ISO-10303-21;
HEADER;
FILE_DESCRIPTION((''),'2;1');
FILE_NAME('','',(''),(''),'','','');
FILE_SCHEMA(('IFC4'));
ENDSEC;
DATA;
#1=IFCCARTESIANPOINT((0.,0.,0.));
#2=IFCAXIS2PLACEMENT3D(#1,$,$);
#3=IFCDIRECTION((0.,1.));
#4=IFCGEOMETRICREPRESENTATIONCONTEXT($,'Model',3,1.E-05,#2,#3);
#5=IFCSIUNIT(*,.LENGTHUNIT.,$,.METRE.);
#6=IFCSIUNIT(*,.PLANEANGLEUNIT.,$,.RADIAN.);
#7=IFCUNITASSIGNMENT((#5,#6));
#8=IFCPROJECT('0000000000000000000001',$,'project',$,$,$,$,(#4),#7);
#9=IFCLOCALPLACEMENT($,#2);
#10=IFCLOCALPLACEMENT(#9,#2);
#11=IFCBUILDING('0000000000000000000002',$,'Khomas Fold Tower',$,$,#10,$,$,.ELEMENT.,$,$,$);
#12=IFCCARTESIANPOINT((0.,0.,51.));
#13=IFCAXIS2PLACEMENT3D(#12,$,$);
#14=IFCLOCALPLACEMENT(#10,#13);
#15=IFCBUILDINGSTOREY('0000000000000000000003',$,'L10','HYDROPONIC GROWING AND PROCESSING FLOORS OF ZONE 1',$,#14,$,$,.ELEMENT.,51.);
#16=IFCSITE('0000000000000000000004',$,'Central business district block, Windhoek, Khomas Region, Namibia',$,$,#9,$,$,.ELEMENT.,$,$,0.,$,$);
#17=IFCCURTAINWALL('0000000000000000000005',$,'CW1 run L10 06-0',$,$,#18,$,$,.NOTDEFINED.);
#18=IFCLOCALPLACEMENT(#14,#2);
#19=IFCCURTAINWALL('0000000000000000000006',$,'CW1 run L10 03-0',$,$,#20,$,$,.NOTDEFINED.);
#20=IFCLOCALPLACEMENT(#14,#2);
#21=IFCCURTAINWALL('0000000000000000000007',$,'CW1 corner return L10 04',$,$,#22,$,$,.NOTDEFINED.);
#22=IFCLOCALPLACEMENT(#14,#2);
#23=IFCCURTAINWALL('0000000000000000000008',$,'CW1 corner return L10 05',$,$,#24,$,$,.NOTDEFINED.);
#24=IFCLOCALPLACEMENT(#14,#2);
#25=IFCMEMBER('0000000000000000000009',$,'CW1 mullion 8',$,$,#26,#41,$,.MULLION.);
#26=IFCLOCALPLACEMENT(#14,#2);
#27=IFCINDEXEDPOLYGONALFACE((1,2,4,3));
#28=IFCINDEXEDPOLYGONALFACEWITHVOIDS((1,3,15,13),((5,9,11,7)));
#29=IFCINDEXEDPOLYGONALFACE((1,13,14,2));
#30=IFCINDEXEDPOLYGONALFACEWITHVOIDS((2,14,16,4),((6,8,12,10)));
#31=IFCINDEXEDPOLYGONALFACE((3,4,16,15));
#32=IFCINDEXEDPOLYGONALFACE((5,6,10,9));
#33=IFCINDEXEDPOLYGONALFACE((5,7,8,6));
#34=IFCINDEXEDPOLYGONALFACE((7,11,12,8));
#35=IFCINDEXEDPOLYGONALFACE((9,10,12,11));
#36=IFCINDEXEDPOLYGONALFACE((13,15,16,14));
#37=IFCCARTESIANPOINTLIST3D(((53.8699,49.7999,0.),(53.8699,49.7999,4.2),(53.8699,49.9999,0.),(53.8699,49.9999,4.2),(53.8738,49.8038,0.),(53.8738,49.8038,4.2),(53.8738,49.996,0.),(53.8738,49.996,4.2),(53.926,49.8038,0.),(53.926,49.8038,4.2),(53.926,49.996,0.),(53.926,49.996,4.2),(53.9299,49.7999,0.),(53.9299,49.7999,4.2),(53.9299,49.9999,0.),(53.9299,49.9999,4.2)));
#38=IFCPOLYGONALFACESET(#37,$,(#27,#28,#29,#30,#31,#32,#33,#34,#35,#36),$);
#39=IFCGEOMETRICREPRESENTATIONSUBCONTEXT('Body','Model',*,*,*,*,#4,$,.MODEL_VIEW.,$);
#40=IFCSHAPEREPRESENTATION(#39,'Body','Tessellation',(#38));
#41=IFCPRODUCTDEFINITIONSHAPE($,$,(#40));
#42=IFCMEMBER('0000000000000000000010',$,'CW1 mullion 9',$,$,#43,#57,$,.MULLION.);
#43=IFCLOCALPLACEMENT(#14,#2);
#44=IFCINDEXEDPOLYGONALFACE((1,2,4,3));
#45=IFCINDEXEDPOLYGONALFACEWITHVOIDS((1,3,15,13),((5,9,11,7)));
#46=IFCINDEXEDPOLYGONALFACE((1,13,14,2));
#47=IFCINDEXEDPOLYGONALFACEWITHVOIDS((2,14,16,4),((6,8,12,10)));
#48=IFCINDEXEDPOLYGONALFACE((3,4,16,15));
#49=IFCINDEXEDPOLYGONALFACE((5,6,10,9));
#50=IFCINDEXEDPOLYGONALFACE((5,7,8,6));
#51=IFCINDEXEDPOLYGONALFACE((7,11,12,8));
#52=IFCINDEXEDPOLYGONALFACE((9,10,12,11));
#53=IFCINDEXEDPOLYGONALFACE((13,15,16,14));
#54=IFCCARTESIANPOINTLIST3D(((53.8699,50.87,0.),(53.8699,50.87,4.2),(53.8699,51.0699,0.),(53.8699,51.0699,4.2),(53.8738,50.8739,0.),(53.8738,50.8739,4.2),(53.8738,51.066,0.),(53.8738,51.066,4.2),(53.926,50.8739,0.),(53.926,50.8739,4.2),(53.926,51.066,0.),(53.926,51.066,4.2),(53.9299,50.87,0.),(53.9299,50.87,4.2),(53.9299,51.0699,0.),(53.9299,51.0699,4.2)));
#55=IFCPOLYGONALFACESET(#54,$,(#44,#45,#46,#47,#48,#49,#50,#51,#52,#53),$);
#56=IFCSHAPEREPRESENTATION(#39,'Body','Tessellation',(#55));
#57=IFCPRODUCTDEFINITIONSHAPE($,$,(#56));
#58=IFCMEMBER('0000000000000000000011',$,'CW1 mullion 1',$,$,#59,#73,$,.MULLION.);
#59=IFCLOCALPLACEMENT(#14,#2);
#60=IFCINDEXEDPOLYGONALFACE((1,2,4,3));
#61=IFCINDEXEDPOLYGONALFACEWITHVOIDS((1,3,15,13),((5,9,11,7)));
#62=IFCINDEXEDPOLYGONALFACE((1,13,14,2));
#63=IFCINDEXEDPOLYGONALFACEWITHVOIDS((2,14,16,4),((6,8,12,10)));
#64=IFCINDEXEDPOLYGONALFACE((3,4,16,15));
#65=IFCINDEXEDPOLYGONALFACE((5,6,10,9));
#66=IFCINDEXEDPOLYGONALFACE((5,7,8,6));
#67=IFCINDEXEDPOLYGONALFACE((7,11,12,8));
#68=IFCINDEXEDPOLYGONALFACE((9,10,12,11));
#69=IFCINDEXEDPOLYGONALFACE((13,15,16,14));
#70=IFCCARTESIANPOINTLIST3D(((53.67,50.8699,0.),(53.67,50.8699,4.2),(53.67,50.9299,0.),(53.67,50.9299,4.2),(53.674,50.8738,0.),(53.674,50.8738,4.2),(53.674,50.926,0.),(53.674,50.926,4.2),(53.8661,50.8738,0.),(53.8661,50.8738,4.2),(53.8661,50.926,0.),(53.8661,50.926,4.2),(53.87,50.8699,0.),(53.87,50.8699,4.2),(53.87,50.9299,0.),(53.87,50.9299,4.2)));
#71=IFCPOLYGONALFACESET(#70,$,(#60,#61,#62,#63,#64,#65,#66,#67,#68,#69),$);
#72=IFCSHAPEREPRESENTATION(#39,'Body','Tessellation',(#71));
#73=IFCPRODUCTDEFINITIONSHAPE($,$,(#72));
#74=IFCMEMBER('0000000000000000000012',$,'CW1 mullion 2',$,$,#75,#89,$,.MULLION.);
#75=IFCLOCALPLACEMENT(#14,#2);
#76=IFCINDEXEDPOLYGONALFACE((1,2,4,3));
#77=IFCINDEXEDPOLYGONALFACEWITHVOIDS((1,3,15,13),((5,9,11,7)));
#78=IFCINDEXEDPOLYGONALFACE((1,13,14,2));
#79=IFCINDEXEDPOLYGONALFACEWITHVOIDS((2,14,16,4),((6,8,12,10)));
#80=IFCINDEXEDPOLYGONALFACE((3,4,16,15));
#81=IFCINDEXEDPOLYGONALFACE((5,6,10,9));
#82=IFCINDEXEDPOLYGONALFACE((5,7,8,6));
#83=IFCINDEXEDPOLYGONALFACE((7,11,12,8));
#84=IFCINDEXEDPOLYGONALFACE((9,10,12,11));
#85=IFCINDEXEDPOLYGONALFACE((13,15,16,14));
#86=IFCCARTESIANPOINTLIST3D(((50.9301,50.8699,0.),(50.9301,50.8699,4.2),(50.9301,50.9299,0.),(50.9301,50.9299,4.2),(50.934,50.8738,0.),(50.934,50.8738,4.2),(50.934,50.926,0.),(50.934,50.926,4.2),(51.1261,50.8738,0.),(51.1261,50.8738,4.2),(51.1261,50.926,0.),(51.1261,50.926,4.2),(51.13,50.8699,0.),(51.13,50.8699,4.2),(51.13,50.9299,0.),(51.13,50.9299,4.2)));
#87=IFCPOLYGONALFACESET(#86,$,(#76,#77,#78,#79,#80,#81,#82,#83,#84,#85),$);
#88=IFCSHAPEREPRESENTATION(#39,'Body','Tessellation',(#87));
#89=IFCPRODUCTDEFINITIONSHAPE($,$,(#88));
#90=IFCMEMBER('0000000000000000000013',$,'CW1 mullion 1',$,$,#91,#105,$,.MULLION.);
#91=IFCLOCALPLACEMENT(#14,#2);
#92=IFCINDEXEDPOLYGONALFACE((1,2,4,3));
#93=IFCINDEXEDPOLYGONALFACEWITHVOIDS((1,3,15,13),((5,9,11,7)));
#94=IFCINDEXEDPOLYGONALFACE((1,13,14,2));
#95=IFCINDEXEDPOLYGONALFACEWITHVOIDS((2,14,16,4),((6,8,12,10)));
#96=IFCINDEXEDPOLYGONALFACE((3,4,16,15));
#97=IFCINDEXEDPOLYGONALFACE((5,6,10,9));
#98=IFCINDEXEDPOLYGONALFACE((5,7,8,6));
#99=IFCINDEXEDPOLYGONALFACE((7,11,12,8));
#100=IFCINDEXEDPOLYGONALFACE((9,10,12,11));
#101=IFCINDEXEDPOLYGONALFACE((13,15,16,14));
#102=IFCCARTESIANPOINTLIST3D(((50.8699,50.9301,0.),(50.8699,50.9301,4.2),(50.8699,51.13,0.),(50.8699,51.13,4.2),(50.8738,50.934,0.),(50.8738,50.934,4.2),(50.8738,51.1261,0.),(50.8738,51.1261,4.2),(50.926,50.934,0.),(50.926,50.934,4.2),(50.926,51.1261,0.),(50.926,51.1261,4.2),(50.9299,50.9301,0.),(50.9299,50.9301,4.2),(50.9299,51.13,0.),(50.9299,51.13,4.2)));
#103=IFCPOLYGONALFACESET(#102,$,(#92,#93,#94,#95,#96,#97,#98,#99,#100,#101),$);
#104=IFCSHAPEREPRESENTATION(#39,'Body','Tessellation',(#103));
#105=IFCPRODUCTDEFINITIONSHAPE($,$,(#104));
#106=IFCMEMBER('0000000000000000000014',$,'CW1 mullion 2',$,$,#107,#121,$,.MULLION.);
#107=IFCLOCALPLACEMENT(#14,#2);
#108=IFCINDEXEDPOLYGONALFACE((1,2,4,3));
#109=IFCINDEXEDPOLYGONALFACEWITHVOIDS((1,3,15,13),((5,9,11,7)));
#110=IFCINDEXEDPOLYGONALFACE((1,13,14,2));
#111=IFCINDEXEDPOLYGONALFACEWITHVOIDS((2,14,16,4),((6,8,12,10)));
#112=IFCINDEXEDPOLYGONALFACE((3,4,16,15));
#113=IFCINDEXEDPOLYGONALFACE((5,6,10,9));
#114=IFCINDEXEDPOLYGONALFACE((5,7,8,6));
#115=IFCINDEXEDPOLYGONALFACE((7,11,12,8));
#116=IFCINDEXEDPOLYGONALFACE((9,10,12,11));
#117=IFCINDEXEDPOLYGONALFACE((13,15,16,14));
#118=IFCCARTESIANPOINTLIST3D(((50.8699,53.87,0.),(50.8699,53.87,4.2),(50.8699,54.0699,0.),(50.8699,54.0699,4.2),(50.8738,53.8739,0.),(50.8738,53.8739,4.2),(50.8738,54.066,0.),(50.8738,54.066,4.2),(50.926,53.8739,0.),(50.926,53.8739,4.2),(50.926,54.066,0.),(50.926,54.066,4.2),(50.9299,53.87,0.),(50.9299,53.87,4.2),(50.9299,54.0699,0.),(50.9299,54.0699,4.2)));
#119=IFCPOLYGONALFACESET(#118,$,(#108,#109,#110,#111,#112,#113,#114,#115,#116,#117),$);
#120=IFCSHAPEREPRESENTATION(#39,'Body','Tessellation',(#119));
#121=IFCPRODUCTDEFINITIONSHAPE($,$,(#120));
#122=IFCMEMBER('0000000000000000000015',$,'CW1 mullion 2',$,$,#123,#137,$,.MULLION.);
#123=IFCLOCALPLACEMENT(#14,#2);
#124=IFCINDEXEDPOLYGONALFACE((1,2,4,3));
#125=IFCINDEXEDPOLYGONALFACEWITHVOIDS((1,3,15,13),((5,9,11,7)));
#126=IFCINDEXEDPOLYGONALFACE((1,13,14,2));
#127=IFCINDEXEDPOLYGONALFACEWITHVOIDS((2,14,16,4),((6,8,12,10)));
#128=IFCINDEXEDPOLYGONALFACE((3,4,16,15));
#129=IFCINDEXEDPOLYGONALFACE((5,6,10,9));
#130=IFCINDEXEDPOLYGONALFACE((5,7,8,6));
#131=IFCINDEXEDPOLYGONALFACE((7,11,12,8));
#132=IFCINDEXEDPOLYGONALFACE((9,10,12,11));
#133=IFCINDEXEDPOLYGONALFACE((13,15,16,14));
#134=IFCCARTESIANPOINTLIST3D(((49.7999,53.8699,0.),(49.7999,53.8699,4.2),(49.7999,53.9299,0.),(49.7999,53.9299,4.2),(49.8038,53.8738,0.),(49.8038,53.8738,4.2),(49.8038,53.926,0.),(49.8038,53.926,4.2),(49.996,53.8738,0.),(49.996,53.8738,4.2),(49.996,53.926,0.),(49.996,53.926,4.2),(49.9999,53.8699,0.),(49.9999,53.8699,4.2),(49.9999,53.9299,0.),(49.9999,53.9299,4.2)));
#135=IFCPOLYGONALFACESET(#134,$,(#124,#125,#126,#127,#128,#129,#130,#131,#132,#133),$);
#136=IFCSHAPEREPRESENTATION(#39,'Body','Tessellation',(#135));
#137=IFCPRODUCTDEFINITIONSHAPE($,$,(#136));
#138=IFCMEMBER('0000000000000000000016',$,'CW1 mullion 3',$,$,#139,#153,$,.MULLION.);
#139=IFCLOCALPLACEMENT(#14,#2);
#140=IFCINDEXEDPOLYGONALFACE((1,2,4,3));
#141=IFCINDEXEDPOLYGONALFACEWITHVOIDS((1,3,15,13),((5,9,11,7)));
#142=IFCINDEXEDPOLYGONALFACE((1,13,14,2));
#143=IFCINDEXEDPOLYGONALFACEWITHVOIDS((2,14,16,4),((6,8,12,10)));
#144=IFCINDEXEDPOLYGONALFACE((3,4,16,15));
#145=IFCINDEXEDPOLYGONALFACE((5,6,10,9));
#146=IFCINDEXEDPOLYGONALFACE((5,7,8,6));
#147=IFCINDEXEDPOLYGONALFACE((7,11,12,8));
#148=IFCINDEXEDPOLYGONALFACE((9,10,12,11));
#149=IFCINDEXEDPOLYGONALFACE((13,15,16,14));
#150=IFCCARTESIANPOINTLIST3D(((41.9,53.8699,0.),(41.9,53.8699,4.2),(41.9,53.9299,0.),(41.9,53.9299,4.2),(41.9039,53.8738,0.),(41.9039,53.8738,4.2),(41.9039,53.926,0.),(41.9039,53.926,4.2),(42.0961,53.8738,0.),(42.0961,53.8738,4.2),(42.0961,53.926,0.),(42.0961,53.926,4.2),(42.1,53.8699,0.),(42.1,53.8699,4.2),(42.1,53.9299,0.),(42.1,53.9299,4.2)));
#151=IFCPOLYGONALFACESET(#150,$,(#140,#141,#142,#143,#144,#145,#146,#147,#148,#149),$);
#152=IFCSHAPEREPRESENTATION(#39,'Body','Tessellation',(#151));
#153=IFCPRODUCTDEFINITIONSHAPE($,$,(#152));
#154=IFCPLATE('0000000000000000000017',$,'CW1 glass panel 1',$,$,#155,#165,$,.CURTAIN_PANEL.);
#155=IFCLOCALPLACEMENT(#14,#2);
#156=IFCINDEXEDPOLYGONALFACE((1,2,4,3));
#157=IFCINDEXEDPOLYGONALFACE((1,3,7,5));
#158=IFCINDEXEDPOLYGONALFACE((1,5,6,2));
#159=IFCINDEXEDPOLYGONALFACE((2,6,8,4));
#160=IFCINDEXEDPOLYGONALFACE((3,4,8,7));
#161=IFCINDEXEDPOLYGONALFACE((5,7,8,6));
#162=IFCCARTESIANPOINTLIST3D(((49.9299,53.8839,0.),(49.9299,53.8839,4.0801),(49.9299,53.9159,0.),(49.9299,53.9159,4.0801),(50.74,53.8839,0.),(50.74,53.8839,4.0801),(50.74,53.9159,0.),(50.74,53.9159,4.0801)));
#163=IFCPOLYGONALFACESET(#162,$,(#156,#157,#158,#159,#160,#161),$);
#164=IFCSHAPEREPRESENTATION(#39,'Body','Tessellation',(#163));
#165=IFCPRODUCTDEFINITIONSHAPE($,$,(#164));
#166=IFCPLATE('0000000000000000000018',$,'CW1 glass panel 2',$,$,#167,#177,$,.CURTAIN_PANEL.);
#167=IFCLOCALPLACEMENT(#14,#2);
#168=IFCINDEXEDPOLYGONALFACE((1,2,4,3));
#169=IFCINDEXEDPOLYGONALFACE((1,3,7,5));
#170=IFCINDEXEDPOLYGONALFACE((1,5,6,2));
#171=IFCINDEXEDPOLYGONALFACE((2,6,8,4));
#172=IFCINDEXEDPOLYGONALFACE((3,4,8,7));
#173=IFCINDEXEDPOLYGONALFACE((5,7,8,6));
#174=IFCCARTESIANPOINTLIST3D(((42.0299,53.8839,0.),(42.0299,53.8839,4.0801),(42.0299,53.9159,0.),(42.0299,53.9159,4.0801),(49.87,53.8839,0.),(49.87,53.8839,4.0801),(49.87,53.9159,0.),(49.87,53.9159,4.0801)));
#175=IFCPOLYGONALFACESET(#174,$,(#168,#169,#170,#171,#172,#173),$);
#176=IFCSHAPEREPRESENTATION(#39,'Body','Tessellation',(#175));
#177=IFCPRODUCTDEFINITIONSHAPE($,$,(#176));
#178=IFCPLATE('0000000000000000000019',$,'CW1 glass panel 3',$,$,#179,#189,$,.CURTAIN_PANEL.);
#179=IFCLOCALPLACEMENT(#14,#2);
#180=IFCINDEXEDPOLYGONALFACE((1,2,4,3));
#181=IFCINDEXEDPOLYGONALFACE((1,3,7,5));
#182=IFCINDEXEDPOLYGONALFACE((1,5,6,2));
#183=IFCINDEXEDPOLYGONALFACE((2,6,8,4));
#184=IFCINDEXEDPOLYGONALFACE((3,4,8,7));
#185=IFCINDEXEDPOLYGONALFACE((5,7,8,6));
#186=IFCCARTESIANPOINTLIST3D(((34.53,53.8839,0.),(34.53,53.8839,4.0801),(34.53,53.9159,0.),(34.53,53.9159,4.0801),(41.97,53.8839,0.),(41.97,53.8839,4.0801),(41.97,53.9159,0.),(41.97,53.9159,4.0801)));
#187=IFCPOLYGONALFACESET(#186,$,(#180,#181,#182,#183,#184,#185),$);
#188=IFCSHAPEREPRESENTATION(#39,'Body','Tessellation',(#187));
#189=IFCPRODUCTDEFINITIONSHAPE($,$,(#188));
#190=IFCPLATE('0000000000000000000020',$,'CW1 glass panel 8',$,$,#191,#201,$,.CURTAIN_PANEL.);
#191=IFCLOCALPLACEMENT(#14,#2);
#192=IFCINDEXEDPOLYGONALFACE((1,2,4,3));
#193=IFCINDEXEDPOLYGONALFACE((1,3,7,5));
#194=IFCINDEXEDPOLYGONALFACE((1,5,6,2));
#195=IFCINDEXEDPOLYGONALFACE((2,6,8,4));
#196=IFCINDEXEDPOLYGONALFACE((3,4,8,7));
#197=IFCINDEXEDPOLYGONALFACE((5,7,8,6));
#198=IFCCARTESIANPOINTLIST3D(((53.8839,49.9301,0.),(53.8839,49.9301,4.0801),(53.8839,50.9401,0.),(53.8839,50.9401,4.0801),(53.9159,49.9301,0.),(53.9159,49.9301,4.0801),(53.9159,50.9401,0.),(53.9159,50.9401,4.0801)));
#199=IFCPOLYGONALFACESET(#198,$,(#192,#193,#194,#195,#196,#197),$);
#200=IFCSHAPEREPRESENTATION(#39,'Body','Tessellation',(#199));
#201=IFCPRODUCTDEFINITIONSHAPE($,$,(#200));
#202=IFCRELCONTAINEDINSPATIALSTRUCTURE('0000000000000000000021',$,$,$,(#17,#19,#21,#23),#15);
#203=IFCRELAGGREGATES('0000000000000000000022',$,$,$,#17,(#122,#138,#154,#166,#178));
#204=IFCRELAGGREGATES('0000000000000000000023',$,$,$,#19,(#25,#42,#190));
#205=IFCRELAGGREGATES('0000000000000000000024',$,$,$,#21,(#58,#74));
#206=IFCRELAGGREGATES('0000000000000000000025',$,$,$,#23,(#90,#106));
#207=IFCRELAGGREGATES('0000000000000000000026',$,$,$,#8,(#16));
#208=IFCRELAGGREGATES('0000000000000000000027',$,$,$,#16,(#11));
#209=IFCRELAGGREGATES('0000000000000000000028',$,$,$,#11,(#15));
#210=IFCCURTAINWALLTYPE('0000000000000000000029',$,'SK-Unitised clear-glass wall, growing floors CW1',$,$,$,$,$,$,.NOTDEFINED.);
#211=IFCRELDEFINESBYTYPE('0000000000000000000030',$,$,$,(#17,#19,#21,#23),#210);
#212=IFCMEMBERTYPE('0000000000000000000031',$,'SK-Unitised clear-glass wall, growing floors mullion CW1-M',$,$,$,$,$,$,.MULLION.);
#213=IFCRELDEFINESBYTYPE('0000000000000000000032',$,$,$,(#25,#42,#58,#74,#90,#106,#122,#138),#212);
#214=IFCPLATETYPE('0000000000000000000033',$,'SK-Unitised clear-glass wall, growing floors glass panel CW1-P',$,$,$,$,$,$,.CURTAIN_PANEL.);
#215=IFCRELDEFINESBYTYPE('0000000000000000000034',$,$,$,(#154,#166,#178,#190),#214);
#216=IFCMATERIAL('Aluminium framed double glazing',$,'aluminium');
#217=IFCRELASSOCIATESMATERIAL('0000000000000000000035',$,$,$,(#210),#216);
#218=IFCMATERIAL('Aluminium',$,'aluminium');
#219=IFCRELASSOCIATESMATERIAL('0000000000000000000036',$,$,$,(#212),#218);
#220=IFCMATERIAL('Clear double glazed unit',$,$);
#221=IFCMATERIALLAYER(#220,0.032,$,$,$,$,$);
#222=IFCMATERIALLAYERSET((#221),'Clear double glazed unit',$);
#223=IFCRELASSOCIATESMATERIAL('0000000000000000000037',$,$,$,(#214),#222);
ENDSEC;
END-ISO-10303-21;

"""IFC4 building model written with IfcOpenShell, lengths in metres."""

from ifc_helpers import new_model, si_unit, direction, frame, origin, origin_2d, place, context, subcontext, project, spatial, rectangle, hollow_rectangle, extrude, source, transform, mapped, material, layer, layer_set, material_profile, profile_set, type_object, element, aggregate, save


model = new_model("IFC4")

# Units and contexts
model_context = context("Model", 3, precision=1e-05, world=origin(), true_north=direction((0.0, 1.0)))
body_context = subcontext(model_context, "Body", "Model", "MODEL_VIEW")
ifc_project = project(units=[si_unit("LENGTHUNIT", "METRE"), si_unit("PLANEANGLEUNIT", "RADIAN")], contexts=[model_context])

# Site, building, storey
site_placement = place(None, origin())
site = spatial("IfcSite", under=ifc_project, at=site_placement, Name="Central business district block, Windhoek, Khomas Region, Namibia", CompositionType="ELEMENT", RefElevation=0.0)
building_placement = place(site_placement, origin())
building = spatial("IfcBuilding", under=site, at=building_placement, Name="Khomas Fold Tower", CompositionType="ELEMENT")
storey_placement = place(building_placement, frame((0.0, 0.0, 51.0)))
storey = spatial("IfcBuildingStorey", under=building, at=storey_placement, Name="L10", Description="HYDROPONIC GROWING AND PROCESSING FLOORS OF ZONE 1", CompositionType="ELEMENT", Elevation=51.0)

# Curtain wall
ifc_material_1 = material(Name="Aluminium framed double glazing", Category="aluminium")
curtain_wall_type = type_object("IfcCurtainWallType", Name="SK-Unitised clear-glass wall, growing floors CW1", PredefinedType="NOTDEFINED", material=ifc_material_1)
curtain_wall_1_placement = place(storey_placement, origin())
curtain_wall_1 = element("IfcCurtainWall", 1, at=curtain_wall_1_placement, inside=storey, type_object=curtain_wall_type, Name="CW1 run L10 06-0", PredefinedType="NOTDEFINED")

# Curtain walls
curtain_wall_2_placement = place(storey_placement, origin())
curtain_wall_2 = element("IfcCurtainWall", 2, at=curtain_wall_2_placement, inside=storey, type_object=curtain_wall_type, Name="CW1 run L10 03-0", PredefinedType="NOTDEFINED")
curtain_wall_3_placement = place(storey_placement, origin())
curtain_wall_3 = element("IfcCurtainWall", 3, at=curtain_wall_3_placement, inside=storey, type_object=curtain_wall_type, Name="CW1 corner return L10 04", PredefinedType="NOTDEFINED")
curtain_wall_4_placement = place(storey_placement, origin())
curtain_wall_4 = element("IfcCurtainWall", 4, at=curtain_wall_4_placement, inside=storey, type_object=curtain_wall_type, Name="CW1 corner return L10 05", PredefinedType="NOTDEFINED")

# Members
ifc_material_2 = material(Name="Aluminium", Category="aluminium")
ifc_material_profile_1 = material_profile(ifc_material_2, hollow_rectangle(XDim=0.0601, YDim=0.2, WallThickness=0.0039, at=origin_2d()), Name="SK-Unitised clear-glass wall, growing floors mullion CW1-M")
ifc_profile_set_1 = profile_set([ifc_material_profile_1], Name="Aluminium")
member_type_1 = type_object("IfcMemberType", Name="SK-Unitised clear-glass wall, growing floors mullion CW1-M", PredefinedType="MULLION", material=ifc_profile_set_1)
shared_shape_1 = source(origin(), body_context, "Body", "SweptSolid", [
    extrude(hollow_rectangle(XDim=0.0601, YDim=0.2, WallThickness=0.0039, at=origin_2d()), origin(), (0.0, 0.0, 1.0), 4.2),
])
member_1_placement = place(storey_placement, frame((53.8999, 49.8999, 0.0), z_axis=(0.0, 0.0, 1.0), x_axis=(-1.0, 0.0, 0.0)))
member_1 = element("IfcMember", 5, at=member_1_placement, type_object=member_type_1, Name="CW1 mullion 8", PredefinedType="MULLION", context=body_context, shape_type="MappedRepresentation", body=[
    mapped(shared_shape_1, transform((0.0, 0.0, 0.0))),
])
member_2_placement = place(storey_placement, frame((53.8999, 50.97, 0.0), z_axis=(0.0, 0.0, 1.0), x_axis=(-1.0, 0.0, 0.0)))
member_2 = element("IfcMember", 6, at=member_2_placement, type_object=member_type_1, Name="CW1 mullion 9", PredefinedType="MULLION", context=body_context, shape_type="MappedRepresentation", body=[
    mapped(shared_shape_1, transform((0.0, 0.0, 0.0))),
])
member_3_placement = place(storey_placement, frame((53.77, 50.8999, 0.0), z_axis=(0.0, 0.0, 1.0), x_axis=(0.0, -1.0, 0.0)))
member_3 = element("IfcMember", 7, at=member_3_placement, type_object=member_type_1, Name="CW1 mullion 1", PredefinedType="MULLION", context=body_context, shape_type="MappedRepresentation", body=[
    mapped(shared_shape_1, transform((0.0, 0.0, 0.0))),
])
member_4_placement = place(storey_placement, frame((51.03, 50.8999, 0.0), z_axis=(0.0, 0.0, 1.0), x_axis=(0.0, -1.0, 0.0)))
member_4 = element("IfcMember", 8, at=member_4_placement, type_object=member_type_1, Name="CW1 mullion 2", PredefinedType="MULLION", context=body_context, shape_type="MappedRepresentation", body=[
    mapped(shared_shape_1, transform((0.0, 0.0, 0.0))),
])
member_5_placement = place(storey_placement, frame((50.8999, 51.03, 0.0), z_axis=(0.0, 0.0, 1.0), x_axis=(-1.0, 0.0, 0.0)))
member_5 = element("IfcMember", 9, at=member_5_placement, type_object=member_type_1, Name="CW1 mullion 1", PredefinedType="MULLION", context=body_context, shape_type="MappedRepresentation", body=[
    mapped(shared_shape_1, transform((0.0, 0.0, 0.0))),
])
member_6_placement = place(storey_placement, frame((50.8999, 53.97, 0.0), z_axis=(0.0, 0.0, 1.0), x_axis=(-1.0, 0.0, 0.0)))
member_6 = element("IfcMember", 10, at=member_6_placement, type_object=member_type_1, Name="CW1 mullion 2", PredefinedType="MULLION", context=body_context, shape_type="MappedRepresentation", body=[
    mapped(shared_shape_1, transform((0.0, 0.0, 0.0))),
])
member_7_placement = place(storey_placement, frame((49.8999, 53.8999, 0.0), z_axis=(0.0, 0.0, 1.0), x_axis=(0.0, -1.0, 0.0)))
member_7 = element("IfcMember", 11, at=member_7_placement, type_object=member_type_1, Name="CW1 mullion 2", PredefinedType="MULLION", context=body_context, shape_type="MappedRepresentation", body=[
    mapped(shared_shape_1, transform((0.0, 0.0, 0.0))),
])
member_8_placement = place(storey_placement, frame((42.0, 53.8999, 0.0), z_axis=(0.0, 0.0, 1.0), x_axis=(0.0, -1.0, 0.0)))
member_8 = element("IfcMember", 12, at=member_8_placement, type_object=member_type_1, Name="CW1 mullion 3", PredefinedType="MULLION", context=body_context, shape_type="MappedRepresentation", body=[
    mapped(shared_shape_1, transform((0.0, 0.0, 0.0))),
])

# Plates
ifc_material_3 = material(Name="Clear double glazed unit")
ifc_layer = layer(ifc_material_3, 0.032)
ifc_layer_set = layer_set([ifc_layer], Name="Clear double glazed unit")
plate_type = type_object("IfcPlateType", Name="SK-Unitised clear-glass wall, growing floors glass panel CW1-P", PredefinedType="CURTAIN_PANEL", material=ifc_layer_set)
shared_shape_2 = source(origin(), body_context, "Body", "SweptSolid", [
    extrude(rectangle(XDim=0.8101, YDim=0.032, at=origin_2d()), origin(), (0.0, 0.0, 1.0), 4.0801),
])
plate_1_placement = place(storey_placement, frame((50.335, 53.8999, 0.0), z_axis=(0.0, 0.0, 1.0), x_axis=(-1.0, 0.0, 0.0)))
plate_1 = element("IfcPlate", 13, at=plate_1_placement, type_object=plate_type, Name="CW1 glass panel 1", PredefinedType="CURTAIN_PANEL", context=body_context, shape_type="MappedRepresentation", body=[
    mapped(shared_shape_2, transform((0.0, 0.0, 0.0))),
])
shared_shape_3 = source(origin(), body_context, "Body", "SweptSolid", [
    extrude(rectangle(XDim=7.8401, YDim=0.032, at=origin_2d()), origin(), (0.0, 0.0, 1.0), 4.0801),
])
plate_2_placement = place(storey_placement, frame((45.95, 53.8999, 0.0), z_axis=(0.0, 0.0, 1.0), x_axis=(-1.0, 0.0, 0.0)))
plate_2 = element("IfcPlate", 14, at=plate_2_placement, type_object=plate_type, Name="CW1 glass panel 2", PredefinedType="CURTAIN_PANEL", context=body_context, shape_type="MappedRepresentation", body=[
    mapped(shared_shape_3, transform((0.0, 0.0, 0.0))),
])
shared_shape_4 = source(origin(), body_context, "Body", "SweptSolid", [
    extrude(rectangle(XDim=7.4399, YDim=0.032, at=origin_2d()), origin(), (0.0, 0.0, 1.0), 4.0801),
])
plate_3_placement = place(storey_placement, frame((38.25, 53.8999, 0.0), z_axis=(0.0, 0.0, 1.0), x_axis=(-1.0, 0.0, 0.0)))
plate_3 = element("IfcPlate", 15, at=plate_3_placement, type_object=plate_type, Name="CW1 glass panel 3", PredefinedType="CURTAIN_PANEL", context=body_context, shape_type="MappedRepresentation", body=[
    mapped(shared_shape_4, transform((0.0, 0.0, 0.0))),
])
aggregate(curtain_wall_1, [member_7, member_8, plate_1, plate_2, plate_3])
shared_shape_5 = source(origin(), body_context, "Body", "SweptSolid", [
    extrude(rectangle(XDim=1.01, YDim=0.032, at=origin_2d()), origin(), (0.0, 0.0, 1.0), 4.0801),
])
plate_4_placement = place(storey_placement, frame((53.8999, 50.4351, 0.0), z_axis=(0.0, 0.0, 1.0), x_axis=(0.0, 1.0, 0.0)))
plate_4 = element("IfcPlate", 16, at=plate_4_placement, type_object=plate_type, Name="CW1 glass panel 8", PredefinedType="CURTAIN_PANEL", context=body_context, shape_type="MappedRepresentation", body=[
    mapped(shared_shape_5, transform((0.0, 0.0, 0.0))),
])
aggregate(curtain_wall_2, [member_1, member_2, plate_4])
aggregate(curtain_wall_3, [member_3, member_4])
aggregate(curtain_wall_4, [member_5, member_6])

save(model, "model.ifc")
